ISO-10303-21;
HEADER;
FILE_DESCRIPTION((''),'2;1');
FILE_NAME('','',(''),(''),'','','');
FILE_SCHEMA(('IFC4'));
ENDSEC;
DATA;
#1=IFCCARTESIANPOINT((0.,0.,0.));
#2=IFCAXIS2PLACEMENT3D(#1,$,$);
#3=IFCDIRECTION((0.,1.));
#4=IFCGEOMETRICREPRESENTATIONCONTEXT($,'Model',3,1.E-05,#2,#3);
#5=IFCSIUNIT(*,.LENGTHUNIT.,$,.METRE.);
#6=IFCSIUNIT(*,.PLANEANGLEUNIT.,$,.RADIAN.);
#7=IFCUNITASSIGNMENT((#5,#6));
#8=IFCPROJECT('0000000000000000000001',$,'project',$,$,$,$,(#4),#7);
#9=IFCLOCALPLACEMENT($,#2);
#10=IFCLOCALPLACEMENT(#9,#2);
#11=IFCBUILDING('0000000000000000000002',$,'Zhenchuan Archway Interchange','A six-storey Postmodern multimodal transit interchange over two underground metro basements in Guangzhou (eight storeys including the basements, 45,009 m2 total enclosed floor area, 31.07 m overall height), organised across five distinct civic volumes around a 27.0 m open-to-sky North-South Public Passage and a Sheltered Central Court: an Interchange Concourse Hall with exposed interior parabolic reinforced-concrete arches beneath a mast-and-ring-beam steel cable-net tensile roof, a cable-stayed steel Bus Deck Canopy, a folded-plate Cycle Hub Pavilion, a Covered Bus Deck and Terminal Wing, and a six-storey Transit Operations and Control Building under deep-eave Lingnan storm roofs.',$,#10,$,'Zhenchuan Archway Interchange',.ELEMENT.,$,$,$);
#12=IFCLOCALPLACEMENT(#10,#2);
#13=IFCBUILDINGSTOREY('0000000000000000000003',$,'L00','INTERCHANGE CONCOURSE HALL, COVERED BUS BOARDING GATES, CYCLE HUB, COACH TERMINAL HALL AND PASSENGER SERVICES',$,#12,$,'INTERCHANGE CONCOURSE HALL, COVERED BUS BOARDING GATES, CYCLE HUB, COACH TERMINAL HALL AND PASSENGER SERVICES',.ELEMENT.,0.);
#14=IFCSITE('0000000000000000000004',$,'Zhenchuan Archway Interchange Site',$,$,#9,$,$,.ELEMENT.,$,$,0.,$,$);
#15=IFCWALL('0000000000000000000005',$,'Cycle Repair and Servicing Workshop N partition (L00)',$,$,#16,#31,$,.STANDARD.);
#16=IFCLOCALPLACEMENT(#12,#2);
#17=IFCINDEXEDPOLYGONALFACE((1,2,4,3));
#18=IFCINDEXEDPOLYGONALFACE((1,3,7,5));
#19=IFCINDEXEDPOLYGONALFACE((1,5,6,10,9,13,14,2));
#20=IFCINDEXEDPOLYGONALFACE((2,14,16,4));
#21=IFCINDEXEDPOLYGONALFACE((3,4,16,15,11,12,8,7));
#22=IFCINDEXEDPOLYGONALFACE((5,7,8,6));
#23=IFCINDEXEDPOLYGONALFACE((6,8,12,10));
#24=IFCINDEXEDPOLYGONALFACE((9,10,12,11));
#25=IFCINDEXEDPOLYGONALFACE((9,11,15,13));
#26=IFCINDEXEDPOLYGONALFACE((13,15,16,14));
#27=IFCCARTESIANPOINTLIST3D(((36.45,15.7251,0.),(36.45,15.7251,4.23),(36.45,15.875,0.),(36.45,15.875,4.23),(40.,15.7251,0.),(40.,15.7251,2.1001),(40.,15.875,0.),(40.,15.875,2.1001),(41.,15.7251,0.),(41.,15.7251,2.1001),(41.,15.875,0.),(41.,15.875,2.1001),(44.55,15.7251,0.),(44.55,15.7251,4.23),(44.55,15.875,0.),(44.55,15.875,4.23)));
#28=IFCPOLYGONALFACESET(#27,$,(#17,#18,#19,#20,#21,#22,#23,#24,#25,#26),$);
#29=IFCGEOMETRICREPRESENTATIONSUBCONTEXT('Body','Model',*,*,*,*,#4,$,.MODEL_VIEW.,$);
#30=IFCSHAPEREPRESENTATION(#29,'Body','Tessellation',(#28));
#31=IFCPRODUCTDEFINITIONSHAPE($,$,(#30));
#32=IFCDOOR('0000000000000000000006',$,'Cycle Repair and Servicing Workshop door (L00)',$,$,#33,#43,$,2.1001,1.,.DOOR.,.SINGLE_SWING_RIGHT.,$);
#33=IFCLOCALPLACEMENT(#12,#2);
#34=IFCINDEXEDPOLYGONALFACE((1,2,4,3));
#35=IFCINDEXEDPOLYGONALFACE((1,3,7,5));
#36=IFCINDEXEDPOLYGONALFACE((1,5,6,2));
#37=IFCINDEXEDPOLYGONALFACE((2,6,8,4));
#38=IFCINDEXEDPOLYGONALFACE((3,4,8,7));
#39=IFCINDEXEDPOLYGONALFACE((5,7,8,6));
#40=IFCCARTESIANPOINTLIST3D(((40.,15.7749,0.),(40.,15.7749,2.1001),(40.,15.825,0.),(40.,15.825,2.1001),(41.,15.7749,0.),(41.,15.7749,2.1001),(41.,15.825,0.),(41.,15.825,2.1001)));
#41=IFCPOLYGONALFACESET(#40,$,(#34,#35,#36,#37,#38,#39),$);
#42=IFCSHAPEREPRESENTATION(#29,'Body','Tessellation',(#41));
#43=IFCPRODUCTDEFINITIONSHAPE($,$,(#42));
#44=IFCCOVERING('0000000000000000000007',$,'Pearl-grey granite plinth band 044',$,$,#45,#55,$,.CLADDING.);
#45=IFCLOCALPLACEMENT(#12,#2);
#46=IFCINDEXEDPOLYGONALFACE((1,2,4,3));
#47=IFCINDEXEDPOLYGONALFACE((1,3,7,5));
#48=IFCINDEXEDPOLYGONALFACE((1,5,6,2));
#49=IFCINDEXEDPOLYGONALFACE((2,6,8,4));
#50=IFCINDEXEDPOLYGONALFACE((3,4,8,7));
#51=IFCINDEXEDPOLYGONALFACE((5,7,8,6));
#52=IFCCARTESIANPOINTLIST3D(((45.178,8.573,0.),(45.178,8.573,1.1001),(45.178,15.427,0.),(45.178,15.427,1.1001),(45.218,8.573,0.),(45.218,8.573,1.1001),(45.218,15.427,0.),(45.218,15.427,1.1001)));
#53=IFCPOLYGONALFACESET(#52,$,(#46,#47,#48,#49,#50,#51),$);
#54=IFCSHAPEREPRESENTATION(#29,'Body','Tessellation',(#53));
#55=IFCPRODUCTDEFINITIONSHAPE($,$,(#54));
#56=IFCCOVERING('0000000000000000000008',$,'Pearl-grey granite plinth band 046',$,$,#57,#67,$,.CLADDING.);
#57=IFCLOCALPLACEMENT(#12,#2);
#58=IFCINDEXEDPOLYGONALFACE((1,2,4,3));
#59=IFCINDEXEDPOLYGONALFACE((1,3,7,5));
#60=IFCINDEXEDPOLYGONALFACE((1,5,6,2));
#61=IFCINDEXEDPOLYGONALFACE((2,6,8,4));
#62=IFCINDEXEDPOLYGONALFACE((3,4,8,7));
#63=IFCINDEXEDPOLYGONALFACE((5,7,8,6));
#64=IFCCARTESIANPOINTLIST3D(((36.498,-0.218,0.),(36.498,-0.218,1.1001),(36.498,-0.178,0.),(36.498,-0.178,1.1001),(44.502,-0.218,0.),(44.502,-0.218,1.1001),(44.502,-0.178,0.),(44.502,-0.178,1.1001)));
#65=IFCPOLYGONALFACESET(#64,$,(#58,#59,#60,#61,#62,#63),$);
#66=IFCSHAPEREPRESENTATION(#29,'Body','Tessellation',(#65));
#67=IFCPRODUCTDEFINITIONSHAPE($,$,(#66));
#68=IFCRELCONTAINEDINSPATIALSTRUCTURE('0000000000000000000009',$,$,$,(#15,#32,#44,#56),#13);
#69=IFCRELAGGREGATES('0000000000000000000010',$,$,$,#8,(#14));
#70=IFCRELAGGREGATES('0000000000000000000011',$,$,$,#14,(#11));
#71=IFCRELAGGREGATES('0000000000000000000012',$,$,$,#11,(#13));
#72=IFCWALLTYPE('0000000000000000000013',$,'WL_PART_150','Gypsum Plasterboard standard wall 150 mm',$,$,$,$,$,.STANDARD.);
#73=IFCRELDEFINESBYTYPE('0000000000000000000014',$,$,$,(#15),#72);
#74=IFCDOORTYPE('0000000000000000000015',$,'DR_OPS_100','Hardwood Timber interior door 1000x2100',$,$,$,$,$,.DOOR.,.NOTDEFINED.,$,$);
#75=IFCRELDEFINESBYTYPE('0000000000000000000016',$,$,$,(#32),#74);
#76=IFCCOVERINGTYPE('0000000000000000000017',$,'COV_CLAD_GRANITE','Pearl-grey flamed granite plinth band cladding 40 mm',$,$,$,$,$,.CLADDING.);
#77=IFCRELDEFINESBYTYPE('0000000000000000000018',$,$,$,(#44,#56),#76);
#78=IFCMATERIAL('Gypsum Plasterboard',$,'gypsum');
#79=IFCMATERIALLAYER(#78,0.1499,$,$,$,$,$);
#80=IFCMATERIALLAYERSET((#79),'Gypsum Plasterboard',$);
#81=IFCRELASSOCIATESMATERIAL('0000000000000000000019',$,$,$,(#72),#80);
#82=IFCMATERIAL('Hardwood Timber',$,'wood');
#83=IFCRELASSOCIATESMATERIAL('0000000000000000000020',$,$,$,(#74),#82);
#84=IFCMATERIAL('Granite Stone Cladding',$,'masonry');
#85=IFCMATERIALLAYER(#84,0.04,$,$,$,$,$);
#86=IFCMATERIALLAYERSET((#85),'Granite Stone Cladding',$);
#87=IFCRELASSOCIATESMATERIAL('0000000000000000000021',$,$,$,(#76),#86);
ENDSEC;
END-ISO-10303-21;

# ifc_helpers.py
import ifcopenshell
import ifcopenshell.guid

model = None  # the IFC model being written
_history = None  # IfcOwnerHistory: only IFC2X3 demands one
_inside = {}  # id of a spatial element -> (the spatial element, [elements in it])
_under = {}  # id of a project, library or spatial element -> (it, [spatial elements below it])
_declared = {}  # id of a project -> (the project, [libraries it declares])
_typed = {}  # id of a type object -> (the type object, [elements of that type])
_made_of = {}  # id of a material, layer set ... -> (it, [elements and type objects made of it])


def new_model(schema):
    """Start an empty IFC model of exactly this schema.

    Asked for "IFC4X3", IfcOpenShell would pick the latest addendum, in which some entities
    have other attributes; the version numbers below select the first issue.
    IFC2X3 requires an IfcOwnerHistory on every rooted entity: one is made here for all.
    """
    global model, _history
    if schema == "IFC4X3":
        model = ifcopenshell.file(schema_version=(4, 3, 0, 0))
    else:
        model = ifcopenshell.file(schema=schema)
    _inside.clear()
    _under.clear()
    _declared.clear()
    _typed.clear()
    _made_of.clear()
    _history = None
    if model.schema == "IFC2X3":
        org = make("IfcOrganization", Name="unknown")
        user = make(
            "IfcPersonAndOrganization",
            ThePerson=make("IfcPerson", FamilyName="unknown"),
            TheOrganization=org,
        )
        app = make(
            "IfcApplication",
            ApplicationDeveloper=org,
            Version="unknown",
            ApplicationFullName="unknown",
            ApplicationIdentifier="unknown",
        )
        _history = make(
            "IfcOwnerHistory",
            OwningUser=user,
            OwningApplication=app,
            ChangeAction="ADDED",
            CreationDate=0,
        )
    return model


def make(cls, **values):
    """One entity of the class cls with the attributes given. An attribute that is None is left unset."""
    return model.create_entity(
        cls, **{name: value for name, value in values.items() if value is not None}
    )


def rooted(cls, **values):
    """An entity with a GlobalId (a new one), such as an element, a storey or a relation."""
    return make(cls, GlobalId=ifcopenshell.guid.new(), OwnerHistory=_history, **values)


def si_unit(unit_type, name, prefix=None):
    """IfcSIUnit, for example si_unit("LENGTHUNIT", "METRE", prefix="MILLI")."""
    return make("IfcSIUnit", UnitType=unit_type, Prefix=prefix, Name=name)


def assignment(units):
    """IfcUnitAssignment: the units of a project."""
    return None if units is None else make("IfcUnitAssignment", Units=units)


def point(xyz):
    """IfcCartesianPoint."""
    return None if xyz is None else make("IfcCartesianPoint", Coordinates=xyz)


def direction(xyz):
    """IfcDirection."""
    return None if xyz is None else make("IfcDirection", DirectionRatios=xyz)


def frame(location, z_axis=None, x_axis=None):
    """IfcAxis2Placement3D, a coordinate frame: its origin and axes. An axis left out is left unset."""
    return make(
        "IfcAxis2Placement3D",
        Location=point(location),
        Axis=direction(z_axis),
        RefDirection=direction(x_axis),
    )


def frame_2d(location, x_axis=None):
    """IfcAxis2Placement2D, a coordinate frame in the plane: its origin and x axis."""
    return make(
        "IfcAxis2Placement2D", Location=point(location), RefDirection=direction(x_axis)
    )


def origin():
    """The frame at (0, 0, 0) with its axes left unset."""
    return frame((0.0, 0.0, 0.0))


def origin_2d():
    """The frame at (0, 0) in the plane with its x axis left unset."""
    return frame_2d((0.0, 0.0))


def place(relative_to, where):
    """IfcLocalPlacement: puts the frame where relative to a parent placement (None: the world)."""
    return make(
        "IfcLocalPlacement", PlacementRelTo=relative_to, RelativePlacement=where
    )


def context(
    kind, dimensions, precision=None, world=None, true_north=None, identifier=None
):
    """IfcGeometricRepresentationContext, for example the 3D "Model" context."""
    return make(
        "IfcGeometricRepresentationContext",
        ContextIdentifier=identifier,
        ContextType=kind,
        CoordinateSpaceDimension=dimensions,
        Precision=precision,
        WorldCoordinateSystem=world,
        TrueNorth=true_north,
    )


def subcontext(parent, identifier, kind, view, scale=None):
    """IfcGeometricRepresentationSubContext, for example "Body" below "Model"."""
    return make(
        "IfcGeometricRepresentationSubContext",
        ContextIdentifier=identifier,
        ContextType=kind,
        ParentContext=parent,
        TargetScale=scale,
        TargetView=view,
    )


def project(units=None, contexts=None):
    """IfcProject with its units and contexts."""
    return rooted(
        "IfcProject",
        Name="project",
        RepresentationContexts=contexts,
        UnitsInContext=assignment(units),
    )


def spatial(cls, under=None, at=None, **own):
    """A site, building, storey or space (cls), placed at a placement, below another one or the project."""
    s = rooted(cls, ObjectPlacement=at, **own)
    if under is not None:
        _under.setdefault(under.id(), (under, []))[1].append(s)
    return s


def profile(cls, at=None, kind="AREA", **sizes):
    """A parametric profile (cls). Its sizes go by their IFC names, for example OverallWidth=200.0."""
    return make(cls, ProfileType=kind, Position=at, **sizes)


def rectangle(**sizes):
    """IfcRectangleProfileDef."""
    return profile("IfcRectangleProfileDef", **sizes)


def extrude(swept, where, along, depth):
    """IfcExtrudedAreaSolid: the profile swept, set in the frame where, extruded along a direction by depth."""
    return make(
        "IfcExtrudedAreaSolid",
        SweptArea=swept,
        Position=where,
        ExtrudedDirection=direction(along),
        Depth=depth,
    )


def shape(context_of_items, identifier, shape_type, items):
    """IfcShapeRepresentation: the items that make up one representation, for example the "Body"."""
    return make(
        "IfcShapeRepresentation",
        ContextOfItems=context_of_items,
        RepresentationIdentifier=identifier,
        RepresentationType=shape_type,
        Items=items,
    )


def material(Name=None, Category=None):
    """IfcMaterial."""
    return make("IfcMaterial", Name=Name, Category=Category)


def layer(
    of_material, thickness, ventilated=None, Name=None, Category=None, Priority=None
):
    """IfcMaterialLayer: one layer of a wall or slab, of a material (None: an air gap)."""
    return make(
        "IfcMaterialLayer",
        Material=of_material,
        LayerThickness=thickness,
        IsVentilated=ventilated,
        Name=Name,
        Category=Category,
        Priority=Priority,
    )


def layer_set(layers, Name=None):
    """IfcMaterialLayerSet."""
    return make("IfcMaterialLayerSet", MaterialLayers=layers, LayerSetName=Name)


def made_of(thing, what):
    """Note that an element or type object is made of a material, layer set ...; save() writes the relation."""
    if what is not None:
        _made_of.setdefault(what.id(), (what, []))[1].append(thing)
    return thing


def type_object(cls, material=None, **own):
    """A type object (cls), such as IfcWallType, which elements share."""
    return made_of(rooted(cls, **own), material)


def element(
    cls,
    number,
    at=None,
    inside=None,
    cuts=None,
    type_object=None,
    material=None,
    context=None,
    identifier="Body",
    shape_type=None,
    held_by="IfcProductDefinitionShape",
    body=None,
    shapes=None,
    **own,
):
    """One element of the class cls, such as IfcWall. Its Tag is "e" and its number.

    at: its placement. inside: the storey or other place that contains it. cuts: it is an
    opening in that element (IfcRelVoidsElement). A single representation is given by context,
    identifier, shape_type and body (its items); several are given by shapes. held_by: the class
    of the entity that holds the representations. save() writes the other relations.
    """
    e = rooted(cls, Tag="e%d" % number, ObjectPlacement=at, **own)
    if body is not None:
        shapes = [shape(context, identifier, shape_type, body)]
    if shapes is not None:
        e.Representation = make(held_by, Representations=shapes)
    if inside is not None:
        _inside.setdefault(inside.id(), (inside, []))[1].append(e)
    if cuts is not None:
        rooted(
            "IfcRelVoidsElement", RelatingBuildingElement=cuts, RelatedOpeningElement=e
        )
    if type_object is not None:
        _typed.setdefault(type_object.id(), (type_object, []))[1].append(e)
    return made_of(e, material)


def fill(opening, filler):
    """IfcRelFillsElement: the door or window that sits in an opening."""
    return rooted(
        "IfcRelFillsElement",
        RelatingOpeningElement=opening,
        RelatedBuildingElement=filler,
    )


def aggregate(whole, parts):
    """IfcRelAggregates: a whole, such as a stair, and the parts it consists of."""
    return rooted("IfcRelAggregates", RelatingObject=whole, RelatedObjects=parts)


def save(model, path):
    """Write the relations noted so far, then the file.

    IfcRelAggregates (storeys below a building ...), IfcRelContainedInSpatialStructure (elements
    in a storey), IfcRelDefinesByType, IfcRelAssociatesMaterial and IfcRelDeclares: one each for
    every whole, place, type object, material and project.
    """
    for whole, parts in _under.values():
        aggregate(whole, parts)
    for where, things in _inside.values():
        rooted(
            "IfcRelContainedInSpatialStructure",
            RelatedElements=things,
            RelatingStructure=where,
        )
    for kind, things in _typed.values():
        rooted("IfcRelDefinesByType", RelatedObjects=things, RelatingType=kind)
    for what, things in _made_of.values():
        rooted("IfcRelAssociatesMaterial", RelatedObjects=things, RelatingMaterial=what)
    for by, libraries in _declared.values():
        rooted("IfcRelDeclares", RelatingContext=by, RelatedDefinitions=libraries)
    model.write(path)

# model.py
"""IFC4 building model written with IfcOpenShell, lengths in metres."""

from ifc_helpers import new_model, si_unit, direction, frame, frame_2d, origin, origin_2d, place, context, subcontext, project, spatial, rectangle, extrude, material, layer, layer_set, type_object, element, fill, save


model = new_model("IFC4")

# Units and contexts
model_context = context("Model", 3, precision=1e-05, world=origin(), true_north=direction((0.0, 1.0)))
body_context = subcontext(model_context, "Body", "Model", "MODEL_VIEW")
ifc_project = project(units=[si_unit("LENGTHUNIT", "METRE"), si_unit("PLANEANGLEUNIT", "RADIAN")], contexts=[model_context])

# Site, building, storey
site_placement = place(None, origin())
site = spatial("IfcSite", under=ifc_project, at=site_placement, Name="Zhenchuan Archway Interchange Site", CompositionType="ELEMENT", RefElevation=0.0)
building_placement = place(site_placement, origin())
building = spatial("IfcBuilding", under=site, at=building_placement, Name="Zhenchuan Archway Interchange", Description="A six-storey Postmodern multimodal transit interchange over two underground metro basements in Guangzhou (eight storeys including the basements, 45,009 m2 total enclosed floor area, 31.07 m overall height), organised across five distinct civic volumes around a 27.0 m open-to-sky North-South Public Passage and a Sheltered Central Court: an Interchange Concourse Hall with exposed interior parabolic reinforced-concrete arches beneath a mast-and-ring-beam steel cable-net tensile roof, a cable-stayed steel Bus Deck Canopy, a folded-plate Cycle Hub Pavilion, a Covered Bus Deck and Terminal Wing, and a six-storey Transit Operations and Control Building under deep-eave Lingnan storm roofs.", LongName="Zhenchuan Archway Interchange", CompositionType="ELEMENT")
storey_placement = place(building_placement, origin())
storey = spatial("IfcBuildingStorey", under=building, at=storey_placement, Name="L00", Description="INTERCHANGE CONCOURSE HALL, COVERED BUS BOARDING GATES, CYCLE HUB, COACH TERMINAL HALL AND PASSENGER SERVICES", LongName="INTERCHANGE CONCOURSE HALL, COVERED BUS BOARDING GATES, CYCLE HUB, COACH TERMINAL HALL AND PASSENGER SERVICES", CompositionType="ELEMENT", Elevation=0.0)

# Wall, opening, door
ifc_material_1 = material(Name="Gypsum Plasterboard", Category="gypsum")
ifc_layer_1 = layer(ifc_material_1, 0.1499)
ifc_layer_set_1 = layer_set([ifc_layer_1], Name="Gypsum Plasterboard")
wall_type_1 = type_object("IfcWallType", Name="WL_PART_150", Description="Gypsum Plasterboard standard wall 150 mm", PredefinedType="STANDARD", material=ifc_layer_set_1)
wall_1_placement = place(storey_placement, frame((36.45, 15.8, 0.0), z_axis=(0.0, 0.0, 1.0), x_axis=(1.0, 0.0, 0.0)))
wall_1 = element("IfcWall", 1, at=wall_1_placement, inside=storey, type_object=wall_type_1, Name="Cycle Repair and Servicing Workshop N partition (L00)", PredefinedType="STANDARD", context=body_context, shape_type="SweptSolid", body=[
    extrude(rectangle(XDim=8.1001, YDim=0.1499, at=frame_2d((4.05, 0.0))), origin(), (0.0, 0.0, 1.0), 4.23),
])
opening_1_placement = place(wall_1_placement, frame((3.55, 0.0, 0.0)))
opening_1 = element("IfcOpeningElement", 2, at=opening_1_placement, cuts=wall_1, PredefinedType="OPENING", context=body_context, shape_type="SweptSolid", body=[
    extrude(rectangle(XDim=1.0, YDim=2.1001, at=frame_2d((0.5, 1.05))), frame((0.0, 0.0869, 0.0), z_axis=(0.0, -1.0, 0.0), x_axis=(1.0, 0.0, 0.0)), (0.0, 0.0, 1.0), 0.1738),
])
ifc_material_2 = material(Name="Hardwood Timber", Category="wood")
door_type_1 = type_object("IfcDoorType", Name="DR_OPS_100", Description="Hardwood Timber interior door 1000x2100", OperationType="NOTDEFINED", PredefinedType="DOOR", material=ifc_material_2)
door_1_placement = place(opening_1_placement, origin())
door_1 = element("IfcDoor", 3, at=door_1_placement, inside=storey, type_object=door_type_1, Name="Cycle Repair and Servicing Workshop door (L00)", OperationType="SINGLE_SWING_RIGHT", OverallHeight=2.1001, OverallWidth=1.0, PredefinedType="DOOR", context=body_context, shape_type="SweptSolid", body=[
    extrude(rectangle(XDim=1.0, YDim=2.1001, at=frame_2d((0.5, 1.05))), frame((0.0, 0.0249, 0.0), z_axis=(0.0, -1.0, 0.0), x_axis=(1.0, 0.0, 0.0)), (0.0, 0.0, 1.0), 0.05),
])
fill(opening_1, door_1)

# Coverings
ifc_material_3 = material(Name="Granite Stone Cladding", Category="masonry")
ifc_layer_2 = layer(ifc_material_3, 0.04)
ifc_layer_set_2 = layer_set([ifc_layer_2], Name="Granite Stone Cladding")
covering_type = type_object("IfcCoveringType", Name="COV_CLAD_GRANITE", Description="Pearl-grey flamed granite plinth band cladding 40 mm", PredefinedType="CLADDING", material=ifc_layer_set_2)
covering_1_placement = place(storey_placement, frame((45.198, 12.0, 0.0), z_axis=(0.0, 0.0, 1.0), x_axis=(0.0, -1.0, 0.0)))
element("IfcCovering", 4, at=covering_1_placement, inside=storey, type_object=covering_type, Name="Pearl-grey granite plinth band 044", PredefinedType="CLADDING", context=body_context, shape_type="SweptSolid", body=[
    extrude(rectangle(XDim=6.854, YDim=0.04, at=origin_2d()), origin(), (0.0, 0.0, 1.0), 1.1001),
])
covering_2_placement = place(storey_placement, frame((40.5, -0.198, 0.0), z_axis=(0.0, 0.0, 1.0), x_axis=(-1.0, 0.0, 0.0)))
element("IfcCovering", 5, at=covering_2_placement, inside=storey, type_object=covering_type, Name="Pearl-grey granite plinth band 046", PredefinedType="CLADDING", context=body_context, shape_type="SweptSolid", body=[
    extrude(rectangle(XDim=8.0039, YDim=0.04, at=origin_2d()), origin(), (0.0, 0.0, 1.0), 1.1001),
])

save(model, "model.ifc")
